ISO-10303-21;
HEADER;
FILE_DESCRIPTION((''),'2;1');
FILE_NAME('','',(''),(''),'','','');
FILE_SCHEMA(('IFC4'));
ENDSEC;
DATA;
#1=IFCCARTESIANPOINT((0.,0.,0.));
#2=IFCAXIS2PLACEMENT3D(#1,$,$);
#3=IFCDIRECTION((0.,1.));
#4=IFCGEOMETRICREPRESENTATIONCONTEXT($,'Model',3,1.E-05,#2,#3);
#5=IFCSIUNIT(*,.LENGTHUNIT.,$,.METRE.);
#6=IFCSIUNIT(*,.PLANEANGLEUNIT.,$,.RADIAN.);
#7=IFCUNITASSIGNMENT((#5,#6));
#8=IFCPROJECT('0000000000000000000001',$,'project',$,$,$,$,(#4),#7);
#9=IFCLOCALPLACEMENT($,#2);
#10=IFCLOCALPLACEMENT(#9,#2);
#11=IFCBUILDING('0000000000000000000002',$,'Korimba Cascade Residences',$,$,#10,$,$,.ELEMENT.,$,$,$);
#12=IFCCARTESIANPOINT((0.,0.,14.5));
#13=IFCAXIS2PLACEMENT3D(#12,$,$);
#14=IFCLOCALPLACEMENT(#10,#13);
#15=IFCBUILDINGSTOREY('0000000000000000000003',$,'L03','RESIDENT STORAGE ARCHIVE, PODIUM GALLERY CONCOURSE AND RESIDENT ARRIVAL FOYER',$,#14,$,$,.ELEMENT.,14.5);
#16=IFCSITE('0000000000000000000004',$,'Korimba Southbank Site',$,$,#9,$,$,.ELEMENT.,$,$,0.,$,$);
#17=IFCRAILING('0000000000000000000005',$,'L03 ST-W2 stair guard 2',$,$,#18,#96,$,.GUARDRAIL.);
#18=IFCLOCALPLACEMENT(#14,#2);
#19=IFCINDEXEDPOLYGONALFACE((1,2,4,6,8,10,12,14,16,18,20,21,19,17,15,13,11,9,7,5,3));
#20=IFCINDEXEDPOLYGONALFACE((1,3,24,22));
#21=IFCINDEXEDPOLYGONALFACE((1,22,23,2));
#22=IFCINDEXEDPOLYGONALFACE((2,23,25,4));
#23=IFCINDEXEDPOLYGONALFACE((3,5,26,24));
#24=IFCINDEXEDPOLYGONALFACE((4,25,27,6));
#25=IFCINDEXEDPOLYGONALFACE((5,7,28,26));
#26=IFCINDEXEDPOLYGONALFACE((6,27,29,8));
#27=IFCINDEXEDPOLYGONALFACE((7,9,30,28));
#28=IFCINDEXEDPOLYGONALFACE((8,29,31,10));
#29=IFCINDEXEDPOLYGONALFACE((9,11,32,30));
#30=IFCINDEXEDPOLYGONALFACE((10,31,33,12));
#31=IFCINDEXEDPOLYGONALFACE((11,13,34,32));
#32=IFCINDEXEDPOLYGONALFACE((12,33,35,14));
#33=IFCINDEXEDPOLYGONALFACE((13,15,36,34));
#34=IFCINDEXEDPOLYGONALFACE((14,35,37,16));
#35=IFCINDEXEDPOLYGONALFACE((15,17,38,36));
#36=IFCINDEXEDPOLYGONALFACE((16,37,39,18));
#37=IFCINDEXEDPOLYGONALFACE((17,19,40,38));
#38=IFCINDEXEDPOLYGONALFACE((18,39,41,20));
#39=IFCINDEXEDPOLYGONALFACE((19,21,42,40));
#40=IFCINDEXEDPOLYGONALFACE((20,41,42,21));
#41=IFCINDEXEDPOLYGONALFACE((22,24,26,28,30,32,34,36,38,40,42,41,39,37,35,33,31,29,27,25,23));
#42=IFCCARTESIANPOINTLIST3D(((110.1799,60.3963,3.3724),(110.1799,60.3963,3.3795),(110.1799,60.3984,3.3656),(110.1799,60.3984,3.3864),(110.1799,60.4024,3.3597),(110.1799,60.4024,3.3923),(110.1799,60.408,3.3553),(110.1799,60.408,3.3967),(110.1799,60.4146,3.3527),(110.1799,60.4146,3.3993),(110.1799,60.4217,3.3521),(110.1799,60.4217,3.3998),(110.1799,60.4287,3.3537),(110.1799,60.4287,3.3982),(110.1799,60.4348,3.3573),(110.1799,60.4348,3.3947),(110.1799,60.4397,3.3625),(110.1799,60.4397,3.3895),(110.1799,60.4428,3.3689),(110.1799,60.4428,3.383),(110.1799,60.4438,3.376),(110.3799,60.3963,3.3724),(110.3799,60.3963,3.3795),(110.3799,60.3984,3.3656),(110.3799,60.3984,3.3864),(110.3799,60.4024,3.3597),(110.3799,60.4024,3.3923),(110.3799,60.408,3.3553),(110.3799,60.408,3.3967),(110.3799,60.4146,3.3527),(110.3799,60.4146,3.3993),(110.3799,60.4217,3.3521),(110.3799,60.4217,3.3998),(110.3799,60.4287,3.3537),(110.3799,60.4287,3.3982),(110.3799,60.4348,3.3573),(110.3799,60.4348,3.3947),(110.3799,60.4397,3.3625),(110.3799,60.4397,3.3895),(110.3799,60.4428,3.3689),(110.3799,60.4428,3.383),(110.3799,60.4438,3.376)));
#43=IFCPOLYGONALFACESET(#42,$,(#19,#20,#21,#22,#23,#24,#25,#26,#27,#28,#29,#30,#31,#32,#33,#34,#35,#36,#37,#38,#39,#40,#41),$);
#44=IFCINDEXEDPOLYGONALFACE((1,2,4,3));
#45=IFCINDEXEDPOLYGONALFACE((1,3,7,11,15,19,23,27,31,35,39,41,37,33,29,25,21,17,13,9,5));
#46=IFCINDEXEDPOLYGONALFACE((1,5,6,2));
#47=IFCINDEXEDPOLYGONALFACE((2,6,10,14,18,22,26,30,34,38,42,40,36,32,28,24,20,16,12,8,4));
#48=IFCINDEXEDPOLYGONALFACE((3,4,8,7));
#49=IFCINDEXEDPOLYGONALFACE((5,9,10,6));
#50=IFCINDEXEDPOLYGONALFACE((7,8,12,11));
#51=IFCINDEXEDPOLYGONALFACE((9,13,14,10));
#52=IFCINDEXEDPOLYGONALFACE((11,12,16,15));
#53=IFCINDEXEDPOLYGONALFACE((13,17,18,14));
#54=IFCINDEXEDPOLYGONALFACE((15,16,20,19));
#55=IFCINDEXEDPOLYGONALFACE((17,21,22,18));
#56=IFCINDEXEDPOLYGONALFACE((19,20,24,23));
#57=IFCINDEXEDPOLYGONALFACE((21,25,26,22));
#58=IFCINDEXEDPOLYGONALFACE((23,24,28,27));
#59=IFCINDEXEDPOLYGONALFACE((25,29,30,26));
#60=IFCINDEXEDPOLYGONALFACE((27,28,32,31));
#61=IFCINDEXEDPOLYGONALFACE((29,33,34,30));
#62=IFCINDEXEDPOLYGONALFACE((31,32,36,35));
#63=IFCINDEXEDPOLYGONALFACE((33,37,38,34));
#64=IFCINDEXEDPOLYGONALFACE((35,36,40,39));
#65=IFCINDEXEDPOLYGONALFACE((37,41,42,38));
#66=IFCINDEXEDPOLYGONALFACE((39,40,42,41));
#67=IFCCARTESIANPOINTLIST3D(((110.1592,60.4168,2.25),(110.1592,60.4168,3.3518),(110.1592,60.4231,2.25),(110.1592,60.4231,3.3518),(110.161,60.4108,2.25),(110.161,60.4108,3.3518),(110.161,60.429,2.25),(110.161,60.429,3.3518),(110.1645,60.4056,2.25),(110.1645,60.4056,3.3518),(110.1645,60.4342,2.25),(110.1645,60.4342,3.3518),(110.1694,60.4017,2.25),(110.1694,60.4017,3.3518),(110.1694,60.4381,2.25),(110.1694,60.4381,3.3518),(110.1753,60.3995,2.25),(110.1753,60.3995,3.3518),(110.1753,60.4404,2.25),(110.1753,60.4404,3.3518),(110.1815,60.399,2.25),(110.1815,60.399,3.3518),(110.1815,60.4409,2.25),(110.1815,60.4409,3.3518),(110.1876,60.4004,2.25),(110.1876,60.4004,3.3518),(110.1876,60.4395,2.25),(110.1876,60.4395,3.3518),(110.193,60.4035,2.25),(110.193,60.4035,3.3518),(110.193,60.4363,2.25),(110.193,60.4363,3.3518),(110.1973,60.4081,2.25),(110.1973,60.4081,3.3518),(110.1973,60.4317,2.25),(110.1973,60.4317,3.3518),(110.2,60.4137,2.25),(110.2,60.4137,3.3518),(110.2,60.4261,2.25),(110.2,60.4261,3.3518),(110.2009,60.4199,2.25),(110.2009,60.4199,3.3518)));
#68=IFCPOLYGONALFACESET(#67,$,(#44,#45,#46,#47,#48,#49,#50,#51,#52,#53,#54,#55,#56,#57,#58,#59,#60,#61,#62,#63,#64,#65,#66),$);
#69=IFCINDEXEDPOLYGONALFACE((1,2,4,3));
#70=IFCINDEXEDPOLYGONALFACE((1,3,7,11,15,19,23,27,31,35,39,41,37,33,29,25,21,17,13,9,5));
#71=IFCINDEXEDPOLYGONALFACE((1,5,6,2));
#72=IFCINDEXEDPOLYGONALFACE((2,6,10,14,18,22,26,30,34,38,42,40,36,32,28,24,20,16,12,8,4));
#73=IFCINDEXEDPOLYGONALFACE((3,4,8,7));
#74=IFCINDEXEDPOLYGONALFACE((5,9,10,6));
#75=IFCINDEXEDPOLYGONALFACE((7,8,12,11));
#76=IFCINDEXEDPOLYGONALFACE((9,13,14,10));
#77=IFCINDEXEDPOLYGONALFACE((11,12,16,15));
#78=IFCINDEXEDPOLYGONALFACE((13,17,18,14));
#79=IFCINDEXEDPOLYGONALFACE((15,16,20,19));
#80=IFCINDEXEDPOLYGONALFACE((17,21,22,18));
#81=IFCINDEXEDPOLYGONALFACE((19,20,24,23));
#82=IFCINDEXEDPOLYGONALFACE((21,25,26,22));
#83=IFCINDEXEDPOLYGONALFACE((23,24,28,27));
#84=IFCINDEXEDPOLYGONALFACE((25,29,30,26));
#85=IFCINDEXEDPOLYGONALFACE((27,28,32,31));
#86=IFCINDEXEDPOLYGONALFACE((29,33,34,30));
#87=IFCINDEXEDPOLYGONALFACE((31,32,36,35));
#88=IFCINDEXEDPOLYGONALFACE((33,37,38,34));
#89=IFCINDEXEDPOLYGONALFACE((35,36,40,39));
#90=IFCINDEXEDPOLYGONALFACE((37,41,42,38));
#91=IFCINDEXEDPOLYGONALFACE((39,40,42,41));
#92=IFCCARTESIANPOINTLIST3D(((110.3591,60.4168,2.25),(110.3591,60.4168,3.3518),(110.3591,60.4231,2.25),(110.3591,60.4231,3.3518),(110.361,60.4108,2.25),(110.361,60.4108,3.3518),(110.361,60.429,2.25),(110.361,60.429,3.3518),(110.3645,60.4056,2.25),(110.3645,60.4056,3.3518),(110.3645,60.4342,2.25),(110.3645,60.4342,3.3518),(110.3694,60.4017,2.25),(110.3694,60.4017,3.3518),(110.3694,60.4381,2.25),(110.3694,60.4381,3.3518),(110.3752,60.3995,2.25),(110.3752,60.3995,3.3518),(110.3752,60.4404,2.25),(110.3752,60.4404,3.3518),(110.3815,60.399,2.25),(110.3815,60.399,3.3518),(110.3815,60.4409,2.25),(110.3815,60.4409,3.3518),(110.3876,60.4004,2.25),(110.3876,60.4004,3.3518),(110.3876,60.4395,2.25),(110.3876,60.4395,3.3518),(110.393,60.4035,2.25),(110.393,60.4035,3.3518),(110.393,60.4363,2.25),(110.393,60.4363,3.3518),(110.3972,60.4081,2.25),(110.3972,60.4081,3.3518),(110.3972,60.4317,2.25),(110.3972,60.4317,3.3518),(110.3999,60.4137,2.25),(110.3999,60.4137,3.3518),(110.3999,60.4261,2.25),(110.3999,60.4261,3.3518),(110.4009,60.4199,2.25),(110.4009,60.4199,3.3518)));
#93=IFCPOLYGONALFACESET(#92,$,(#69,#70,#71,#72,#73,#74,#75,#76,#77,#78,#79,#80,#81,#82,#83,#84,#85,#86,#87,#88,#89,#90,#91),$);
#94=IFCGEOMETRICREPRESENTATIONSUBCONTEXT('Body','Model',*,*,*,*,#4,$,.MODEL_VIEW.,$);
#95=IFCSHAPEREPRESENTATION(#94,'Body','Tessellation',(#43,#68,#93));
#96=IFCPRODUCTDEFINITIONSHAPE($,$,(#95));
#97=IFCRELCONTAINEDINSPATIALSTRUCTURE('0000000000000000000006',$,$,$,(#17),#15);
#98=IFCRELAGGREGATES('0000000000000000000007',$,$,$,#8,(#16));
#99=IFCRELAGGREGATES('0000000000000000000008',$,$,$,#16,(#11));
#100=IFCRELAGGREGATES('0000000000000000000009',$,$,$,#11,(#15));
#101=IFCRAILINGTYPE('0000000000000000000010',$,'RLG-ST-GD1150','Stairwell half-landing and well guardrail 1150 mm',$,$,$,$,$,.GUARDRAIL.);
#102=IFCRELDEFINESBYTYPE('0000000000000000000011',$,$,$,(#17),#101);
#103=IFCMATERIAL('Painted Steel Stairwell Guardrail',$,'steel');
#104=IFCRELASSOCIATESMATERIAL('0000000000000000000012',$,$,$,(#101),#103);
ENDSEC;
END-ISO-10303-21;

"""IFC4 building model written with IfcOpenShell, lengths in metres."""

from ifc_helpers import new_model, si_unit, direction, frame, origin, origin_2d, place, context, subcontext, project, spatial, circle, extrude, material, type_object, element, save


model = new_model("IFC4")

# Units and contexts
model_context = context("Model", 3, precision=1e-05, world=origin(), true_north=direction((0.0, 1.0)))
body_context = subcontext(model_context, "Body", "Model", "MODEL_VIEW")
ifc_project = project(units=[si_unit("LENGTHUNIT", "METRE"), si_unit("PLANEANGLEUNIT", "RADIAN")], contexts=[model_context])

# Site, building, storey
site_placement = place(None, origin())
site = spatial("IfcSite", under=ifc_project, at=site_placement, Name="Korimba Southbank Site", CompositionType="ELEMENT", RefElevation=0.0)
building_placement = place(site_placement, origin())
building = spatial("IfcBuilding", under=site, at=building_placement, Name="Korimba Cascade Residences", CompositionType="ELEMENT")
storey_placement = place(building_placement, frame((0.0, 0.0, 14.5)))
storey = spatial("IfcBuildingStorey", under=building, at=storey_placement, Name="L03", Description="RESIDENT STORAGE ARCHIVE, PODIUM GALLERY CONCOURSE AND RESIDENT ARRIVAL FOYER", CompositionType="ELEMENT", Elevation=14.5)

# Railing
ifc_material_1 = material(Name="Painted Steel Stairwell Guardrail", Category="steel")
railing_type_1 = type_object("IfcRailingType", Name="RLG-ST-GD1150", Description="Stairwell half-landing and well guardrail 1150 mm", PredefinedType="GUARDRAIL", material=ifc_material_1)
railing_1_placement = place(storey_placement, frame((110.1799, 60.4199, 2.25)))
element("IfcRailing", 1, at=railing_1_placement, inside=storey, type_object=railing_type_1, Name="L03 ST-W2 stair guard 2", PredefinedType="GUARDRAIL", context=body_context, shape_type="SweptSolid", body=[
    extrude(circle(Radius=0.0239, at=origin_2d()), frame((0.0, 0.0, 1.126), z_axis=(1.0, 0.0, 0.0), x_axis=(0.0, 1.0, 0.0)), (0.0, 0.0, 1.0), 0.2),
    extrude(circle(Radius=0.021, at=origin_2d()), origin(), (0.0, 0.0, 1.0), 1.1018),
    extrude(circle(Radius=0.021, at=origin_2d()), frame((0.2, 0.0, 0.0)), (0.0, 0.0, 1.0), 1.1018),
])

save(model, "model.ifc")
